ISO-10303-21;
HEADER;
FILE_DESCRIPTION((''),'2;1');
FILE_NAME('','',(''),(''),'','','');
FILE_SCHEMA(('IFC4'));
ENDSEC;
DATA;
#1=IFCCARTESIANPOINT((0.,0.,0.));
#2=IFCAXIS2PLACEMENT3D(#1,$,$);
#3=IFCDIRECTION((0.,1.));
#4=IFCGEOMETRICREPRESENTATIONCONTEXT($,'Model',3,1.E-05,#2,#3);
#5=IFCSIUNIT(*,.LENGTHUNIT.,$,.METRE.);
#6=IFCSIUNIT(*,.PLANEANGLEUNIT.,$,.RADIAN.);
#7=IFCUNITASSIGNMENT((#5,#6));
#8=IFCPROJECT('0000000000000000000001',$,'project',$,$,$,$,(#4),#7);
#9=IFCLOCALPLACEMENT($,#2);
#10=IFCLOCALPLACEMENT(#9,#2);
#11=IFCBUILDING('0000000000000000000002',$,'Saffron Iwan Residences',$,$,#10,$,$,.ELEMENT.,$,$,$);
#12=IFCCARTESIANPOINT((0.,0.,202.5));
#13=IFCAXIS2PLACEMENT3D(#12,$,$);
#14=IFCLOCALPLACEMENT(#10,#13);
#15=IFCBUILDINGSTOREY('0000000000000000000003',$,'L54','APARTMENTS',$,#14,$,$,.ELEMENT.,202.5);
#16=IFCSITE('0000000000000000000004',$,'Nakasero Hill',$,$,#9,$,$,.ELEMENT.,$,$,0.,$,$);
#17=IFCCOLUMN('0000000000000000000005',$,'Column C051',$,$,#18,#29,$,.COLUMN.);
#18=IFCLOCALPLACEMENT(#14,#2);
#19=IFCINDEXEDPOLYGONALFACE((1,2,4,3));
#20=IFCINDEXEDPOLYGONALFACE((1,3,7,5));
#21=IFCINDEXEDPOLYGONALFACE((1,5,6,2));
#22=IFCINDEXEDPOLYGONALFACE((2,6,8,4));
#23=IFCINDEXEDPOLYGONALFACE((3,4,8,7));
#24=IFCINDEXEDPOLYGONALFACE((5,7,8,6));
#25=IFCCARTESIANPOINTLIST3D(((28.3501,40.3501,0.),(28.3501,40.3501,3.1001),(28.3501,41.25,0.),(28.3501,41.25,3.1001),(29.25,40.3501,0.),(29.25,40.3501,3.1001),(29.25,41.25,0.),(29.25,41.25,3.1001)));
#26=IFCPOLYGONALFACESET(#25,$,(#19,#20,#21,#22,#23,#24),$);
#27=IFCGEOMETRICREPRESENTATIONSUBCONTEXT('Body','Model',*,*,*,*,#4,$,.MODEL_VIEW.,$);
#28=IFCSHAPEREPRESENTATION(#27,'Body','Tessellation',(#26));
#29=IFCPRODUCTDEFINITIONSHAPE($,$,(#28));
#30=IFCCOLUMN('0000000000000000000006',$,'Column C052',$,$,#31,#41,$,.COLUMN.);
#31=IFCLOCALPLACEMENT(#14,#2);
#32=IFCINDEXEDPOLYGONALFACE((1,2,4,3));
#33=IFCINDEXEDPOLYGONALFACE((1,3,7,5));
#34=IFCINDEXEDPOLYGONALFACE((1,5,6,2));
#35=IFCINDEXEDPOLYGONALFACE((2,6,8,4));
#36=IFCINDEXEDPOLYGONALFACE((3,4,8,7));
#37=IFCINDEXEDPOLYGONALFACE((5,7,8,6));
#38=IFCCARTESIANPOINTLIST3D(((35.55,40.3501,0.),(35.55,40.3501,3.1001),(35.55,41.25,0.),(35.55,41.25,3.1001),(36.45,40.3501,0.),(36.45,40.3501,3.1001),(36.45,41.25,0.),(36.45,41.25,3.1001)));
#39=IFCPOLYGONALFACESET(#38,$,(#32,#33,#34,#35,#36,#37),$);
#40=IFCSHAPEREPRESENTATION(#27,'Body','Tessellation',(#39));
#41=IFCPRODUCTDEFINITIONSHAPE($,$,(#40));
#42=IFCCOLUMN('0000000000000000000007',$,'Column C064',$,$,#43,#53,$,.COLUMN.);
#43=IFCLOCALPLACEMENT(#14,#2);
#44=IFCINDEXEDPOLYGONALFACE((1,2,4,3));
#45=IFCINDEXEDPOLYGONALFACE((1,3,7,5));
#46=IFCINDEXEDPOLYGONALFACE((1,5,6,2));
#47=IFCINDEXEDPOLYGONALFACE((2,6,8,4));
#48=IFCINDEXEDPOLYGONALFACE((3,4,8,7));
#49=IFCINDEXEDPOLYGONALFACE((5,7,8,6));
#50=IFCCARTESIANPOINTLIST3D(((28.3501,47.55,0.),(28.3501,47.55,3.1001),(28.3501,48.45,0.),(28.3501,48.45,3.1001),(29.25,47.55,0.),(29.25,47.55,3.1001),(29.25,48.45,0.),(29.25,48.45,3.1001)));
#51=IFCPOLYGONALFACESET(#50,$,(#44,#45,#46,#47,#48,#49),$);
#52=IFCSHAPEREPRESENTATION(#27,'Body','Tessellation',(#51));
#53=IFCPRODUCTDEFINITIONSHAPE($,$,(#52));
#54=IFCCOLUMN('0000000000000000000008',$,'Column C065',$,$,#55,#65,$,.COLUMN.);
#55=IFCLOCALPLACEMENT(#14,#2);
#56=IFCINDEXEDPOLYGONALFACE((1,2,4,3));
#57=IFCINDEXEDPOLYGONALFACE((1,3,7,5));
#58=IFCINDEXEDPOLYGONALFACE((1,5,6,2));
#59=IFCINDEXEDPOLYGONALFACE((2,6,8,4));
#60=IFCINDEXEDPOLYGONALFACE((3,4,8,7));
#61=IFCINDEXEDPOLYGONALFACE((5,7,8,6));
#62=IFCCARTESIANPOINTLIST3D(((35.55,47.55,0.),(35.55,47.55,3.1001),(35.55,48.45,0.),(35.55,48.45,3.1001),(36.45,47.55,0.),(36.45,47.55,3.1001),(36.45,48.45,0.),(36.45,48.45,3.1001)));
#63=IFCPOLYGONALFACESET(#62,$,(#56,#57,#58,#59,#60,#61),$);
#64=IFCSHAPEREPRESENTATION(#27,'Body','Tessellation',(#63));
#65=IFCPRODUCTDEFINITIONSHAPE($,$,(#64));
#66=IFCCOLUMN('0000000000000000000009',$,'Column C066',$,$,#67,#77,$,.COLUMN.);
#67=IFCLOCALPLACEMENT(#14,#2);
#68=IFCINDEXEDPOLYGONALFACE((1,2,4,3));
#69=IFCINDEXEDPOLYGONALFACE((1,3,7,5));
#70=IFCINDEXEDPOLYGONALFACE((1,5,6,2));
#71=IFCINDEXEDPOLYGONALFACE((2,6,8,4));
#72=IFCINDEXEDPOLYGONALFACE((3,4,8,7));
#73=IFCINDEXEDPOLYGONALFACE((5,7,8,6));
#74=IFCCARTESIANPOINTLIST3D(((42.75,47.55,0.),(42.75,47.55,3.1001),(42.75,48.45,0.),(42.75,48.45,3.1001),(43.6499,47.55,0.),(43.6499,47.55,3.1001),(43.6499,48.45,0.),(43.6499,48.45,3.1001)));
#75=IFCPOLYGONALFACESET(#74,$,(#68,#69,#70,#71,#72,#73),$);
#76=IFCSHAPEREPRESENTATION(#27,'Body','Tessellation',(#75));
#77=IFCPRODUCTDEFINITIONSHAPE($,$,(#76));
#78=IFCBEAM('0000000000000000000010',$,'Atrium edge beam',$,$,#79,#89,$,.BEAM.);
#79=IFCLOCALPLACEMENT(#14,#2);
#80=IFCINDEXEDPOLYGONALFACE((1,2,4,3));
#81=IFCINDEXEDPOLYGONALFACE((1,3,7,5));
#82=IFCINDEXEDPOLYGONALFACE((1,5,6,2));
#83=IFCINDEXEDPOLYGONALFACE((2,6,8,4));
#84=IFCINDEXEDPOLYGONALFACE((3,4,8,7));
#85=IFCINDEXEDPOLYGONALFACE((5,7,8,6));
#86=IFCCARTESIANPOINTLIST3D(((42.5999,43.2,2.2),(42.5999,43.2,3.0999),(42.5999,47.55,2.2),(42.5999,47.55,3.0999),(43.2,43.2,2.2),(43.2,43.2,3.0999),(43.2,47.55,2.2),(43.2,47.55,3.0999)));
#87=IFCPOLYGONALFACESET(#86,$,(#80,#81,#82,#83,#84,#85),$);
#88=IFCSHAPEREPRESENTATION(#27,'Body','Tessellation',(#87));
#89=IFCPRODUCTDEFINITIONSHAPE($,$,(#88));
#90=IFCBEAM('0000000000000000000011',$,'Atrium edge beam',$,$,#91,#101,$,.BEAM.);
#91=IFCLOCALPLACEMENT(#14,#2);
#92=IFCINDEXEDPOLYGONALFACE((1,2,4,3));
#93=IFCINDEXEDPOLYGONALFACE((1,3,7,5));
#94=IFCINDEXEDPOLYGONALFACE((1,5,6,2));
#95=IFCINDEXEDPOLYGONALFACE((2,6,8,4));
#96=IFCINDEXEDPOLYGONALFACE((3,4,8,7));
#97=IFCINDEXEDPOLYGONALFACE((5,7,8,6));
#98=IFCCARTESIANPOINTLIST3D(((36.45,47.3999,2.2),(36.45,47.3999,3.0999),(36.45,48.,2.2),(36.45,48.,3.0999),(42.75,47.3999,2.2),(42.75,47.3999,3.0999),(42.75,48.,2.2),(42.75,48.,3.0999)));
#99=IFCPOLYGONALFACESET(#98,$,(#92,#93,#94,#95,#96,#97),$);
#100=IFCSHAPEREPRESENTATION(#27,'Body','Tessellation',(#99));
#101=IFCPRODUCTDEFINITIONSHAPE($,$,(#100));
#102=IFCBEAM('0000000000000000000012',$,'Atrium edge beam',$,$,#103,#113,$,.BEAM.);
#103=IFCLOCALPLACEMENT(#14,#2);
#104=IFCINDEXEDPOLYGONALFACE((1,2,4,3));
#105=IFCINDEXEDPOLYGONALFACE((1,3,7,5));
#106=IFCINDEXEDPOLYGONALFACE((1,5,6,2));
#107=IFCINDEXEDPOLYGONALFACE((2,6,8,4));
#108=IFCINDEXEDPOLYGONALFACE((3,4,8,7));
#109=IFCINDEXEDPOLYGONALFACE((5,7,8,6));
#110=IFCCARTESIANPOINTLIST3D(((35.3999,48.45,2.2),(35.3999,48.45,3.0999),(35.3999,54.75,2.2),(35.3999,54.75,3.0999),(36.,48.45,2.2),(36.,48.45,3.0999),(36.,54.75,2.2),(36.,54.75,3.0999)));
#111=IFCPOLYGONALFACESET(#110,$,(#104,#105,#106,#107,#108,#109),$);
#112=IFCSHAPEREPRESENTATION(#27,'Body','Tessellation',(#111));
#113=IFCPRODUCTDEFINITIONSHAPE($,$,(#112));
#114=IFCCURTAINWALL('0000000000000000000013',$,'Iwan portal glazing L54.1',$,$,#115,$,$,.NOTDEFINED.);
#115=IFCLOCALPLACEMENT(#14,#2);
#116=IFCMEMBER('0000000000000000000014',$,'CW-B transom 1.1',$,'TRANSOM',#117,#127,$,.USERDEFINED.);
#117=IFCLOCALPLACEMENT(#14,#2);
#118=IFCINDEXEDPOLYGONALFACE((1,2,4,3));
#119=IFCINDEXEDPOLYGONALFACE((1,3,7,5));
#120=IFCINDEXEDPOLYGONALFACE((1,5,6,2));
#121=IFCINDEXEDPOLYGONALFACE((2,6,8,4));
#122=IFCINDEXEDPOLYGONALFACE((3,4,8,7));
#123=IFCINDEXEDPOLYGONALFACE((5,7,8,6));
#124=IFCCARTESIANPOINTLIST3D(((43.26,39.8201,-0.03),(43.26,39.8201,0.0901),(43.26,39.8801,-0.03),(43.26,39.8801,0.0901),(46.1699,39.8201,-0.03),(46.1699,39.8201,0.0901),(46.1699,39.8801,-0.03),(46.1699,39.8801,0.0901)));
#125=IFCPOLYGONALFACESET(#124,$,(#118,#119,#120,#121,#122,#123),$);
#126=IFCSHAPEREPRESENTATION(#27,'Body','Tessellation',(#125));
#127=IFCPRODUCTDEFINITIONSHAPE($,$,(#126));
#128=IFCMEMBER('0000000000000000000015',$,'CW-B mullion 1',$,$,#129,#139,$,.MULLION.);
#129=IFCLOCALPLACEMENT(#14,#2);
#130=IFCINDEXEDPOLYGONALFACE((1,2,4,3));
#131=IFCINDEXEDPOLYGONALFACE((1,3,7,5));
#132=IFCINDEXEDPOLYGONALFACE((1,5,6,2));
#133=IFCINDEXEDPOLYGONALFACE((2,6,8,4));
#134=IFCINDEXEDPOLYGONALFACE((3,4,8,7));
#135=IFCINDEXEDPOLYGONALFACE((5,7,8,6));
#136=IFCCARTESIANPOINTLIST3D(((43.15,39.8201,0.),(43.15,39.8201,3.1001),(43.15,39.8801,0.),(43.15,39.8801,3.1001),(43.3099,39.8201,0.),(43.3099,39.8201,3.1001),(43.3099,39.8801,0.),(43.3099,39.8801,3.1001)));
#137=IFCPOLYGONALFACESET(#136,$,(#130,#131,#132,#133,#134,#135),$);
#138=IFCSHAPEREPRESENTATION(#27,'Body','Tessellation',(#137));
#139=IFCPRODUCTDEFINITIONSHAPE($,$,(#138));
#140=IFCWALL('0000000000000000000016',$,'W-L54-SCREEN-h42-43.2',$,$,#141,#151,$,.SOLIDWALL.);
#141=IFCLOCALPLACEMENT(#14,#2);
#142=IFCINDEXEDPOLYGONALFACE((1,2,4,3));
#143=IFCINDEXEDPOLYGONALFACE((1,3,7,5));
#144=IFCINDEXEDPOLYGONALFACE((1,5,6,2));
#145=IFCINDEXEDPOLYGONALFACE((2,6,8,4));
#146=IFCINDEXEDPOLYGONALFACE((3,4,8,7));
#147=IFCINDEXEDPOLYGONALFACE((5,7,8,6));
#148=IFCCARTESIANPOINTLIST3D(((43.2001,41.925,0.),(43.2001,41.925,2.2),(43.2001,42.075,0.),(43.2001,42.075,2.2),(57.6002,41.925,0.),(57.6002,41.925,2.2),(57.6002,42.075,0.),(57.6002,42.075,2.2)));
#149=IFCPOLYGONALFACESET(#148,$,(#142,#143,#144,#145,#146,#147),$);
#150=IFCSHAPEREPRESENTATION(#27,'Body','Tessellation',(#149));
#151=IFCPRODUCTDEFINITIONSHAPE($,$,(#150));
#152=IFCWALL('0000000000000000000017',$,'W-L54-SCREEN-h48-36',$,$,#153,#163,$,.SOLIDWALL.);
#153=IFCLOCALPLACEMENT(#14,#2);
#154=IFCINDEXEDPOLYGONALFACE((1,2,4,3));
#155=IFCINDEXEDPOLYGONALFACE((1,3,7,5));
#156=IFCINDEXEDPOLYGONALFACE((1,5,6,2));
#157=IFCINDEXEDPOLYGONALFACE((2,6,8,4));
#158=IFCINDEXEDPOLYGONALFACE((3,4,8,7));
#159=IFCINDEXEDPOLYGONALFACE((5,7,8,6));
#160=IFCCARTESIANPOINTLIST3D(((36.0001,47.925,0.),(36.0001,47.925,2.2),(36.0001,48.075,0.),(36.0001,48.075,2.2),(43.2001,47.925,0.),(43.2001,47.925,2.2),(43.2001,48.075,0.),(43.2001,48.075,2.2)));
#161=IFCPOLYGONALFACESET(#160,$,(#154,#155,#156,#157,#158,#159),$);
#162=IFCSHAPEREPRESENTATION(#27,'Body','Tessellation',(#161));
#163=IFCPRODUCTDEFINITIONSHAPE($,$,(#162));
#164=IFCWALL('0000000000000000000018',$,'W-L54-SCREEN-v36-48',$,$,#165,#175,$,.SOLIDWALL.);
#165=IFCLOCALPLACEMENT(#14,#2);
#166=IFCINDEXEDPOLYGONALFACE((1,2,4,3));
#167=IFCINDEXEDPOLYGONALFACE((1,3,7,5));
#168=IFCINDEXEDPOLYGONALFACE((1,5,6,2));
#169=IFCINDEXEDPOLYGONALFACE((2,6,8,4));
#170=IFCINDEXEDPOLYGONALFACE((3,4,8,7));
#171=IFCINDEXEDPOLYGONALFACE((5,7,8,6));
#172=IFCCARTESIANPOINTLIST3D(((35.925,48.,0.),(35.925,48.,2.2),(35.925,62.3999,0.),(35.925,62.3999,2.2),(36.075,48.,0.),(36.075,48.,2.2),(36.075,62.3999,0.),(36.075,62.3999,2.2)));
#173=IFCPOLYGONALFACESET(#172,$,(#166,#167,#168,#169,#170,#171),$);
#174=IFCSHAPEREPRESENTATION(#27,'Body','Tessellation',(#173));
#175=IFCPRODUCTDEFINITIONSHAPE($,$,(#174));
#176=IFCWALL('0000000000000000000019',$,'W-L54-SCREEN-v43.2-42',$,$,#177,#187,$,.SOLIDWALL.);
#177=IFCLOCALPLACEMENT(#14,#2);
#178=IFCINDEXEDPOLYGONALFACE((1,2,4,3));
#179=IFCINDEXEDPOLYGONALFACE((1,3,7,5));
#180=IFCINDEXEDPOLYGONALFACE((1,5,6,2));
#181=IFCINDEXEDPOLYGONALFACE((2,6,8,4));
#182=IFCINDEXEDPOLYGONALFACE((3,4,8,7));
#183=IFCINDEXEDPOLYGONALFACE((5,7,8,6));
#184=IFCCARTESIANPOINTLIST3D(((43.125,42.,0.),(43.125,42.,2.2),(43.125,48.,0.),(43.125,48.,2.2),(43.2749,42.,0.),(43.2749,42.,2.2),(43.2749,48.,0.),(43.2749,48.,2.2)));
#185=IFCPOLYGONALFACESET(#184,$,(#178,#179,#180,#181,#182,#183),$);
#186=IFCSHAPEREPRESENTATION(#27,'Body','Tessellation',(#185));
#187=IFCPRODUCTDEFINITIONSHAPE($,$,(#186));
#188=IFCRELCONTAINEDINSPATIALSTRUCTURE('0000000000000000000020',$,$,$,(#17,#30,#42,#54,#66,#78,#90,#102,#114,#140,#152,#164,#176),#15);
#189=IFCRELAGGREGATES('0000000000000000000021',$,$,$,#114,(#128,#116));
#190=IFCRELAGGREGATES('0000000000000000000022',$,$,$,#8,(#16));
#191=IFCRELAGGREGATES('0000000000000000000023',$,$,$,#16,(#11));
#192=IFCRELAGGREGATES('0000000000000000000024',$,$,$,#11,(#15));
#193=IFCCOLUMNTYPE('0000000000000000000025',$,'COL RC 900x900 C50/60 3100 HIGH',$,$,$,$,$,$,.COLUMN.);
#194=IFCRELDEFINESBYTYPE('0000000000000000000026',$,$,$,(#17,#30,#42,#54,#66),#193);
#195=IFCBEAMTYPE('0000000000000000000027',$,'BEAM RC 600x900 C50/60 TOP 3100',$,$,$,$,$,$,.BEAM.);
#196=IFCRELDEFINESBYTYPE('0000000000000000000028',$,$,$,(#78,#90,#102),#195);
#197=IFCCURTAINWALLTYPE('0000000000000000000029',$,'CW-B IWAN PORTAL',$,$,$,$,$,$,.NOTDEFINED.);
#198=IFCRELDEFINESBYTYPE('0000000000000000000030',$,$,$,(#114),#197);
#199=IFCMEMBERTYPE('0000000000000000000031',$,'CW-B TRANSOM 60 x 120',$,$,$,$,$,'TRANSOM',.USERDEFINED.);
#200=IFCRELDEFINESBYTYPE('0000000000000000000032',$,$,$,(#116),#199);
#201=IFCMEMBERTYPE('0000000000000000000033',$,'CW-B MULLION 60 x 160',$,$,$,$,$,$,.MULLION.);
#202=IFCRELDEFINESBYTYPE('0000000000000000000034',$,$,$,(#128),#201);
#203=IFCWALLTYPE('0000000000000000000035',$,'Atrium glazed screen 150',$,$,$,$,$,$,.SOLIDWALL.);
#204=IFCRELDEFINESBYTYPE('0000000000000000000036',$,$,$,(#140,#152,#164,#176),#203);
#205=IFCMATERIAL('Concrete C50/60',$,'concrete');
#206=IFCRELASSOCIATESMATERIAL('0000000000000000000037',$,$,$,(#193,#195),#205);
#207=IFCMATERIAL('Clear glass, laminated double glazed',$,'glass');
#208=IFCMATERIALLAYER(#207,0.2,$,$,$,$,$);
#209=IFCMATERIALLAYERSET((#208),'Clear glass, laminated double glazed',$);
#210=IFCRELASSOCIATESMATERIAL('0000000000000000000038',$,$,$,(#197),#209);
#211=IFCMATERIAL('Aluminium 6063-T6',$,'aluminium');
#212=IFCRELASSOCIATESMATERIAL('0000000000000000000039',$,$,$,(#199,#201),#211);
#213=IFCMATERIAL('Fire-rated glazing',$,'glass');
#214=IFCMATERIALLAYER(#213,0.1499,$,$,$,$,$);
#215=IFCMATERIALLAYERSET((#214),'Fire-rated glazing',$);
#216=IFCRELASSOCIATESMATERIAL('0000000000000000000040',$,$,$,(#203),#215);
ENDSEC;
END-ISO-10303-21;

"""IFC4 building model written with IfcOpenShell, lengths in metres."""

from ifc_helpers import new_model, si_unit, direction, frame, frame_2d, origin, origin_2d, place, context, subcontext, project, spatial, rectangle, extrude, source, transform, mapped, material, layer, layer_set, material_profile, profile_set, type_object, element, aggregate, save


model = new_model("IFC4")

# Units and contexts
model_context = context("Model", 3, precision=1e-05, world=origin(), true_north=direction((0.0, 1.0)))
body_context = subcontext(model_context, "Body", "Model", "MODEL_VIEW")
ifc_project = project(units=[si_unit("LENGTHUNIT", "METRE"), si_unit("PLANEANGLEUNIT", "RADIAN")], contexts=[model_context])

# Site, building, storey
site_placement = place(None, origin())
site = spatial("IfcSite", under=ifc_project, at=site_placement, Name="Nakasero Hill", CompositionType="ELEMENT", RefElevation=0.0)
building_placement = place(site_placement, origin())
building = spatial("IfcBuilding", under=site, at=building_placement, Name="Saffron Iwan Residences", CompositionType="ELEMENT")
storey_placement = place(building_placement, frame((0.0, 0.0, 202.5)))
storey = spatial("IfcBuildingStorey", under=building, at=storey_placement, Name="L54", Description="APARTMENTS", CompositionType="ELEMENT", Elevation=202.5)

# Columns
ifc_material_1 = material(Name="Concrete C50/60", Category="concrete")
ifc_material_profile_1 = material_profile(ifc_material_1, rectangle(XDim=0.8999, YDim=0.8999, at=origin_2d()), Name="RC 900x900")
ifc_profile_set_1 = profile_set([ifc_material_profile_1], Name="Concrete C50/60")
column_type = type_object("IfcColumnType", Name="COL RC 900x900 C50/60 3100 HIGH", PredefinedType="COLUMN", material=ifc_profile_set_1)
shared_shape_1 = source(origin(), body_context, "Body", "SweptSolid", [
    extrude(rectangle(XDim=0.8999, YDim=0.8999, at=origin_2d()), origin(), (0.0, 0.0, 1.0), 3.1001),
])
for number, where, z_axis, x_axis, name in (
    (1, (28.8, 40.8, 0.0), (0.0, 0.0, 1.0), (1.0, 0.0, 0.0), "Column C051"),
    (2, (36.0, 40.8, 0.0), (0.0, 0.0, 1.0), (1.0, 0.0, 0.0), "Column C052"),
    (3, (28.8, 48.0, 0.0), (0.0, 0.0, 1.0), (1.0, 0.0, 0.0), "Column C064"),
    (4, (36.0, 48.0, 0.0), (0.0, 0.0, 1.0), (1.0, 0.0, 0.0), "Column C065"),
    (5, (43.2, 48.0, 0.0), (0.0, 0.0, 1.0), (1.0, 0.0, 0.0), "Column C066"),
):
    element("IfcColumn", number, at=place(storey_placement, frame(where, z_axis=z_axis, x_axis=x_axis)), inside=storey, type_object=column_type, Name=name, PredefinedType="COLUMN", context=body_context, shape_type="MappedRepresentation", body=[
        mapped(shared_shape_1, transform((0.0, 0.0, 0.0))),
    ])

# Beams
ifc_material_profile_2 = material_profile(ifc_material_1, rectangle(XDim=0.6001, YDim=0.8999, at=origin_2d()), Name="RC 600x900")
ifc_profile_set_2 = profile_set([ifc_material_profile_2], Name="Concrete C50/60")
beam_type = type_object("IfcBeamType", Name="BEAM RC 600x900 C50/60 TOP 3100", PredefinedType="BEAM", material=ifc_profile_set_2)
shared_shape_2 = source(origin(), body_context, "Body", "SweptSolid", [
    extrude(rectangle(XDim=0.6001, YDim=0.8999, at=origin_2d()), origin(), (0.0, 0.0, 1.0), 4.3501),
])
beam_placement = place(storey_placement, frame((42.8999, 43.2, 2.6499), z_axis=(0.0, 1.0, 0.0), x_axis=(-1.0, 0.0, 0.0)))
element("IfcBeam", 6, at=beam_placement, inside=storey, type_object=beam_type, Name="Atrium edge beam", PredefinedType="BEAM", context=body_context, shape_type="MappedRepresentation", body=[
    mapped(shared_shape_2, transform((0.0, 0.0, 0.0))),
])
shared_shape_3 = source(origin(), body_context, "Body", "SweptSolid", [
    extrude(rectangle(XDim=0.6001, YDim=0.8999, at=origin_2d()), origin(), (0.0, 0.0, 1.0), 6.3),
])
for number, where, z_axis, x_axis, name in (
    (7, (42.75, 47.7, 2.6499), (-1.0, 0.0, 0.0), (0.0, -1.0, 0.0), "Atrium edge beam"),
    (8, (35.7, 48.45, 2.6499), (0.0, 1.0, 0.0), (-1.0, 0.0, 0.0), "Atrium edge beam"),
):
    element("IfcBeam", number, at=place(storey_placement, frame(where, z_axis=z_axis, x_axis=x_axis)), inside=storey, type_object=beam_type, Name=name, PredefinedType="BEAM", context=body_context, shape_type="MappedRepresentation", body=[
        mapped(shared_shape_3, transform((0.0, 0.0, 0.0))),
    ])

# Curtain wall, members
ifc_material_2 = material(Name="Clear glass, laminated double glazed", Category="glass")
ifc_layer_1 = layer(ifc_material_2, 0.2)
ifc_layer_set_1 = layer_set([ifc_layer_1], Name="Clear glass, laminated double glazed")
curtain_wall_type = type_object("IfcCurtainWallType", Name="CW-B IWAN PORTAL", PredefinedType="NOTDEFINED", material=ifc_layer_set_1)
curtain_wall_placement = place(storey_placement, origin())
curtain_wall = element("IfcCurtainWall", 9, at=curtain_wall_placement, inside=storey, type_object=curtain_wall_type, Name="Iwan portal glazing L54.1", PredefinedType="NOTDEFINED")
ifc_material_3 = material(Name="Aluminium 6063-T6", Category="aluminium")
ifc_material_profile_3 = material_profile(ifc_material_3, rectangle(XDim=0.0601, YDim=0.1201, at=origin_2d()), Name="CW-B TRANSOM 60 x 120")
ifc_profile_set_3 = profile_set([ifc_material_profile_3], Name="Aluminium 6063-T6")
member_type_1 = type_object("IfcMemberType", Name="CW-B TRANSOM 60 x 120", ElementType="TRANSOM", PredefinedType="USERDEFINED", material=ifc_profile_set_3)
shared_shape_4 = source(origin(), body_context, "Body", "SweptSolid", [
    extrude(rectangle(XDim=0.0601, YDim=0.1201, at=origin_2d()), origin(), (0.0, 0.0, 1.0), 2.9099),
])
member_1_placement = place(storey_placement, frame((43.26, 39.8501, 0.03), z_axis=(1.0, 0.0, 0.0), x_axis=(0.0, 1.0, 0.0)))
member_1 = element("IfcMember", 10, at=member_1_placement, type_object=member_type_1, Name="CW-B transom 1.1", ObjectType="TRANSOM", PredefinedType="USERDEFINED", context=body_context, shape_type="MappedRepresentation", body=[
    mapped(shared_shape_4, transform((0.0, 0.0, 0.0))),
])
ifc_material_profile_4 = material_profile(ifc_material_3, rectangle(XDim=0.0601, YDim=0.1599, at=origin_2d()), Name="CW-B MULLION 60 x 160")
ifc_profile_set_4 = profile_set([ifc_material_profile_4], Name="Aluminium 6063-T6")
member_type_2 = type_object("IfcMemberType", Name="CW-B MULLION 60 x 160", PredefinedType="MULLION", material=ifc_profile_set_4)
shared_shape_5 = source(origin(), body_context, "Body", "SweptSolid", [
    extrude(rectangle(XDim=0.0601, YDim=0.1599, at=origin_2d()), origin(), (0.0, 0.0, 1.0), 3.1001),
])
member_2_placement = place(storey_placement, frame((43.23, 39.8501, 0.0), z_axis=(0.0, 0.0, 1.0), x_axis=(0.0, 1.0, 0.0)))
member_2 = element("IfcMember", 11, at=member_2_placement, type_object=member_type_2, Name="CW-B mullion 1", PredefinedType="MULLION", context=body_context, shape_type="MappedRepresentation", body=[
    mapped(shared_shape_5, transform((0.0, 0.0, 0.0))),
])
aggregate(curtain_wall, [member_2, member_1])

# Walls
ifc_material_4 = material(Name="Fire-rated glazing", Category="glass")
ifc_layer_2 = layer(ifc_material_4, 0.1499)
ifc_layer_set_2 = layer_set([ifc_layer_2], Name="Fire-rated glazing")
wall_type_1 = type_object("IfcWallType", Name="Atrium glazed screen 150", PredefinedType="SOLIDWALL", material=ifc_layer_set_2)
wall_1_placement = place(storey_placement, frame((43.2, 42.0, 0.0), z_axis=(0.0, 0.0, 1.0), x_axis=(1.0, 0.0, 0.0)))
element("IfcWall", 12, at=wall_1_placement, inside=storey, type_object=wall_type_1, Name="W-L54-SCREEN-h42-43.2", PredefinedType="SOLIDWALL", context=body_context, shape_type="SweptSolid", body=[
    extrude(rectangle(XDim=14.4001, YDim=0.1499, at=frame_2d((7.2002, 0.0))), origin(), (0.0, 0.0, 1.0), 2.2),
])
wall_2_placement = place(storey_placement, frame((36.0, 48.0, 0.0), z_axis=(0.0, 0.0, 1.0), x_axis=(1.0, 0.0, 0.0)))
element("IfcWall", 13, at=wall_2_placement, inside=storey, type_object=wall_type_1, Name="W-L54-SCREEN-h48-36", PredefinedType="SOLIDWALL", context=body_context, shape_type="SweptSolid", body=[
    extrude(rectangle(XDim=7.2, YDim=0.1499, at=frame_2d((3.6001, 0.0))), origin(), (0.0, 0.0, 1.0), 2.2),
])
wall_3_placement = place(storey_placement, frame((36.0, 48.0, 0.0), z_axis=(0.0, 0.0, 1.0), x_axis=(0.0, 1.0, 0.0)))
element("IfcWall", 14, at=wall_3_placement, inside=storey, type_object=wall_type_1, Name="W-L54-SCREEN-v36-48", PredefinedType="SOLIDWALL", context=body_context, shape_type="SweptSolid", body=[
    extrude(rectangle(XDim=14.3999, YDim=0.1499, at=frame_2d((7.2, 0.0))), origin(), (0.0, 0.0, 1.0), 2.2),
])
wall_4_placement = place(storey_placement, frame((43.2, 42.0, 0.0), z_axis=(0.0, 0.0, 1.0), x_axis=(0.0, 1.0, 0.0)))
element("IfcWall", 15, at=wall_4_placement, inside=storey, type_object=wall_type_1, Name="W-L54-SCREEN-v43.2-42", PredefinedType="SOLIDWALL", context=body_context, shape_type="SweptSolid", body=[
    extrude(rectangle(XDim=6.0, YDim=0.1499, at=frame_2d((3.0, 0.0))), origin(), (0.0, 0.0, 1.0), 2.2),
])

save(model, "model.ifc")
